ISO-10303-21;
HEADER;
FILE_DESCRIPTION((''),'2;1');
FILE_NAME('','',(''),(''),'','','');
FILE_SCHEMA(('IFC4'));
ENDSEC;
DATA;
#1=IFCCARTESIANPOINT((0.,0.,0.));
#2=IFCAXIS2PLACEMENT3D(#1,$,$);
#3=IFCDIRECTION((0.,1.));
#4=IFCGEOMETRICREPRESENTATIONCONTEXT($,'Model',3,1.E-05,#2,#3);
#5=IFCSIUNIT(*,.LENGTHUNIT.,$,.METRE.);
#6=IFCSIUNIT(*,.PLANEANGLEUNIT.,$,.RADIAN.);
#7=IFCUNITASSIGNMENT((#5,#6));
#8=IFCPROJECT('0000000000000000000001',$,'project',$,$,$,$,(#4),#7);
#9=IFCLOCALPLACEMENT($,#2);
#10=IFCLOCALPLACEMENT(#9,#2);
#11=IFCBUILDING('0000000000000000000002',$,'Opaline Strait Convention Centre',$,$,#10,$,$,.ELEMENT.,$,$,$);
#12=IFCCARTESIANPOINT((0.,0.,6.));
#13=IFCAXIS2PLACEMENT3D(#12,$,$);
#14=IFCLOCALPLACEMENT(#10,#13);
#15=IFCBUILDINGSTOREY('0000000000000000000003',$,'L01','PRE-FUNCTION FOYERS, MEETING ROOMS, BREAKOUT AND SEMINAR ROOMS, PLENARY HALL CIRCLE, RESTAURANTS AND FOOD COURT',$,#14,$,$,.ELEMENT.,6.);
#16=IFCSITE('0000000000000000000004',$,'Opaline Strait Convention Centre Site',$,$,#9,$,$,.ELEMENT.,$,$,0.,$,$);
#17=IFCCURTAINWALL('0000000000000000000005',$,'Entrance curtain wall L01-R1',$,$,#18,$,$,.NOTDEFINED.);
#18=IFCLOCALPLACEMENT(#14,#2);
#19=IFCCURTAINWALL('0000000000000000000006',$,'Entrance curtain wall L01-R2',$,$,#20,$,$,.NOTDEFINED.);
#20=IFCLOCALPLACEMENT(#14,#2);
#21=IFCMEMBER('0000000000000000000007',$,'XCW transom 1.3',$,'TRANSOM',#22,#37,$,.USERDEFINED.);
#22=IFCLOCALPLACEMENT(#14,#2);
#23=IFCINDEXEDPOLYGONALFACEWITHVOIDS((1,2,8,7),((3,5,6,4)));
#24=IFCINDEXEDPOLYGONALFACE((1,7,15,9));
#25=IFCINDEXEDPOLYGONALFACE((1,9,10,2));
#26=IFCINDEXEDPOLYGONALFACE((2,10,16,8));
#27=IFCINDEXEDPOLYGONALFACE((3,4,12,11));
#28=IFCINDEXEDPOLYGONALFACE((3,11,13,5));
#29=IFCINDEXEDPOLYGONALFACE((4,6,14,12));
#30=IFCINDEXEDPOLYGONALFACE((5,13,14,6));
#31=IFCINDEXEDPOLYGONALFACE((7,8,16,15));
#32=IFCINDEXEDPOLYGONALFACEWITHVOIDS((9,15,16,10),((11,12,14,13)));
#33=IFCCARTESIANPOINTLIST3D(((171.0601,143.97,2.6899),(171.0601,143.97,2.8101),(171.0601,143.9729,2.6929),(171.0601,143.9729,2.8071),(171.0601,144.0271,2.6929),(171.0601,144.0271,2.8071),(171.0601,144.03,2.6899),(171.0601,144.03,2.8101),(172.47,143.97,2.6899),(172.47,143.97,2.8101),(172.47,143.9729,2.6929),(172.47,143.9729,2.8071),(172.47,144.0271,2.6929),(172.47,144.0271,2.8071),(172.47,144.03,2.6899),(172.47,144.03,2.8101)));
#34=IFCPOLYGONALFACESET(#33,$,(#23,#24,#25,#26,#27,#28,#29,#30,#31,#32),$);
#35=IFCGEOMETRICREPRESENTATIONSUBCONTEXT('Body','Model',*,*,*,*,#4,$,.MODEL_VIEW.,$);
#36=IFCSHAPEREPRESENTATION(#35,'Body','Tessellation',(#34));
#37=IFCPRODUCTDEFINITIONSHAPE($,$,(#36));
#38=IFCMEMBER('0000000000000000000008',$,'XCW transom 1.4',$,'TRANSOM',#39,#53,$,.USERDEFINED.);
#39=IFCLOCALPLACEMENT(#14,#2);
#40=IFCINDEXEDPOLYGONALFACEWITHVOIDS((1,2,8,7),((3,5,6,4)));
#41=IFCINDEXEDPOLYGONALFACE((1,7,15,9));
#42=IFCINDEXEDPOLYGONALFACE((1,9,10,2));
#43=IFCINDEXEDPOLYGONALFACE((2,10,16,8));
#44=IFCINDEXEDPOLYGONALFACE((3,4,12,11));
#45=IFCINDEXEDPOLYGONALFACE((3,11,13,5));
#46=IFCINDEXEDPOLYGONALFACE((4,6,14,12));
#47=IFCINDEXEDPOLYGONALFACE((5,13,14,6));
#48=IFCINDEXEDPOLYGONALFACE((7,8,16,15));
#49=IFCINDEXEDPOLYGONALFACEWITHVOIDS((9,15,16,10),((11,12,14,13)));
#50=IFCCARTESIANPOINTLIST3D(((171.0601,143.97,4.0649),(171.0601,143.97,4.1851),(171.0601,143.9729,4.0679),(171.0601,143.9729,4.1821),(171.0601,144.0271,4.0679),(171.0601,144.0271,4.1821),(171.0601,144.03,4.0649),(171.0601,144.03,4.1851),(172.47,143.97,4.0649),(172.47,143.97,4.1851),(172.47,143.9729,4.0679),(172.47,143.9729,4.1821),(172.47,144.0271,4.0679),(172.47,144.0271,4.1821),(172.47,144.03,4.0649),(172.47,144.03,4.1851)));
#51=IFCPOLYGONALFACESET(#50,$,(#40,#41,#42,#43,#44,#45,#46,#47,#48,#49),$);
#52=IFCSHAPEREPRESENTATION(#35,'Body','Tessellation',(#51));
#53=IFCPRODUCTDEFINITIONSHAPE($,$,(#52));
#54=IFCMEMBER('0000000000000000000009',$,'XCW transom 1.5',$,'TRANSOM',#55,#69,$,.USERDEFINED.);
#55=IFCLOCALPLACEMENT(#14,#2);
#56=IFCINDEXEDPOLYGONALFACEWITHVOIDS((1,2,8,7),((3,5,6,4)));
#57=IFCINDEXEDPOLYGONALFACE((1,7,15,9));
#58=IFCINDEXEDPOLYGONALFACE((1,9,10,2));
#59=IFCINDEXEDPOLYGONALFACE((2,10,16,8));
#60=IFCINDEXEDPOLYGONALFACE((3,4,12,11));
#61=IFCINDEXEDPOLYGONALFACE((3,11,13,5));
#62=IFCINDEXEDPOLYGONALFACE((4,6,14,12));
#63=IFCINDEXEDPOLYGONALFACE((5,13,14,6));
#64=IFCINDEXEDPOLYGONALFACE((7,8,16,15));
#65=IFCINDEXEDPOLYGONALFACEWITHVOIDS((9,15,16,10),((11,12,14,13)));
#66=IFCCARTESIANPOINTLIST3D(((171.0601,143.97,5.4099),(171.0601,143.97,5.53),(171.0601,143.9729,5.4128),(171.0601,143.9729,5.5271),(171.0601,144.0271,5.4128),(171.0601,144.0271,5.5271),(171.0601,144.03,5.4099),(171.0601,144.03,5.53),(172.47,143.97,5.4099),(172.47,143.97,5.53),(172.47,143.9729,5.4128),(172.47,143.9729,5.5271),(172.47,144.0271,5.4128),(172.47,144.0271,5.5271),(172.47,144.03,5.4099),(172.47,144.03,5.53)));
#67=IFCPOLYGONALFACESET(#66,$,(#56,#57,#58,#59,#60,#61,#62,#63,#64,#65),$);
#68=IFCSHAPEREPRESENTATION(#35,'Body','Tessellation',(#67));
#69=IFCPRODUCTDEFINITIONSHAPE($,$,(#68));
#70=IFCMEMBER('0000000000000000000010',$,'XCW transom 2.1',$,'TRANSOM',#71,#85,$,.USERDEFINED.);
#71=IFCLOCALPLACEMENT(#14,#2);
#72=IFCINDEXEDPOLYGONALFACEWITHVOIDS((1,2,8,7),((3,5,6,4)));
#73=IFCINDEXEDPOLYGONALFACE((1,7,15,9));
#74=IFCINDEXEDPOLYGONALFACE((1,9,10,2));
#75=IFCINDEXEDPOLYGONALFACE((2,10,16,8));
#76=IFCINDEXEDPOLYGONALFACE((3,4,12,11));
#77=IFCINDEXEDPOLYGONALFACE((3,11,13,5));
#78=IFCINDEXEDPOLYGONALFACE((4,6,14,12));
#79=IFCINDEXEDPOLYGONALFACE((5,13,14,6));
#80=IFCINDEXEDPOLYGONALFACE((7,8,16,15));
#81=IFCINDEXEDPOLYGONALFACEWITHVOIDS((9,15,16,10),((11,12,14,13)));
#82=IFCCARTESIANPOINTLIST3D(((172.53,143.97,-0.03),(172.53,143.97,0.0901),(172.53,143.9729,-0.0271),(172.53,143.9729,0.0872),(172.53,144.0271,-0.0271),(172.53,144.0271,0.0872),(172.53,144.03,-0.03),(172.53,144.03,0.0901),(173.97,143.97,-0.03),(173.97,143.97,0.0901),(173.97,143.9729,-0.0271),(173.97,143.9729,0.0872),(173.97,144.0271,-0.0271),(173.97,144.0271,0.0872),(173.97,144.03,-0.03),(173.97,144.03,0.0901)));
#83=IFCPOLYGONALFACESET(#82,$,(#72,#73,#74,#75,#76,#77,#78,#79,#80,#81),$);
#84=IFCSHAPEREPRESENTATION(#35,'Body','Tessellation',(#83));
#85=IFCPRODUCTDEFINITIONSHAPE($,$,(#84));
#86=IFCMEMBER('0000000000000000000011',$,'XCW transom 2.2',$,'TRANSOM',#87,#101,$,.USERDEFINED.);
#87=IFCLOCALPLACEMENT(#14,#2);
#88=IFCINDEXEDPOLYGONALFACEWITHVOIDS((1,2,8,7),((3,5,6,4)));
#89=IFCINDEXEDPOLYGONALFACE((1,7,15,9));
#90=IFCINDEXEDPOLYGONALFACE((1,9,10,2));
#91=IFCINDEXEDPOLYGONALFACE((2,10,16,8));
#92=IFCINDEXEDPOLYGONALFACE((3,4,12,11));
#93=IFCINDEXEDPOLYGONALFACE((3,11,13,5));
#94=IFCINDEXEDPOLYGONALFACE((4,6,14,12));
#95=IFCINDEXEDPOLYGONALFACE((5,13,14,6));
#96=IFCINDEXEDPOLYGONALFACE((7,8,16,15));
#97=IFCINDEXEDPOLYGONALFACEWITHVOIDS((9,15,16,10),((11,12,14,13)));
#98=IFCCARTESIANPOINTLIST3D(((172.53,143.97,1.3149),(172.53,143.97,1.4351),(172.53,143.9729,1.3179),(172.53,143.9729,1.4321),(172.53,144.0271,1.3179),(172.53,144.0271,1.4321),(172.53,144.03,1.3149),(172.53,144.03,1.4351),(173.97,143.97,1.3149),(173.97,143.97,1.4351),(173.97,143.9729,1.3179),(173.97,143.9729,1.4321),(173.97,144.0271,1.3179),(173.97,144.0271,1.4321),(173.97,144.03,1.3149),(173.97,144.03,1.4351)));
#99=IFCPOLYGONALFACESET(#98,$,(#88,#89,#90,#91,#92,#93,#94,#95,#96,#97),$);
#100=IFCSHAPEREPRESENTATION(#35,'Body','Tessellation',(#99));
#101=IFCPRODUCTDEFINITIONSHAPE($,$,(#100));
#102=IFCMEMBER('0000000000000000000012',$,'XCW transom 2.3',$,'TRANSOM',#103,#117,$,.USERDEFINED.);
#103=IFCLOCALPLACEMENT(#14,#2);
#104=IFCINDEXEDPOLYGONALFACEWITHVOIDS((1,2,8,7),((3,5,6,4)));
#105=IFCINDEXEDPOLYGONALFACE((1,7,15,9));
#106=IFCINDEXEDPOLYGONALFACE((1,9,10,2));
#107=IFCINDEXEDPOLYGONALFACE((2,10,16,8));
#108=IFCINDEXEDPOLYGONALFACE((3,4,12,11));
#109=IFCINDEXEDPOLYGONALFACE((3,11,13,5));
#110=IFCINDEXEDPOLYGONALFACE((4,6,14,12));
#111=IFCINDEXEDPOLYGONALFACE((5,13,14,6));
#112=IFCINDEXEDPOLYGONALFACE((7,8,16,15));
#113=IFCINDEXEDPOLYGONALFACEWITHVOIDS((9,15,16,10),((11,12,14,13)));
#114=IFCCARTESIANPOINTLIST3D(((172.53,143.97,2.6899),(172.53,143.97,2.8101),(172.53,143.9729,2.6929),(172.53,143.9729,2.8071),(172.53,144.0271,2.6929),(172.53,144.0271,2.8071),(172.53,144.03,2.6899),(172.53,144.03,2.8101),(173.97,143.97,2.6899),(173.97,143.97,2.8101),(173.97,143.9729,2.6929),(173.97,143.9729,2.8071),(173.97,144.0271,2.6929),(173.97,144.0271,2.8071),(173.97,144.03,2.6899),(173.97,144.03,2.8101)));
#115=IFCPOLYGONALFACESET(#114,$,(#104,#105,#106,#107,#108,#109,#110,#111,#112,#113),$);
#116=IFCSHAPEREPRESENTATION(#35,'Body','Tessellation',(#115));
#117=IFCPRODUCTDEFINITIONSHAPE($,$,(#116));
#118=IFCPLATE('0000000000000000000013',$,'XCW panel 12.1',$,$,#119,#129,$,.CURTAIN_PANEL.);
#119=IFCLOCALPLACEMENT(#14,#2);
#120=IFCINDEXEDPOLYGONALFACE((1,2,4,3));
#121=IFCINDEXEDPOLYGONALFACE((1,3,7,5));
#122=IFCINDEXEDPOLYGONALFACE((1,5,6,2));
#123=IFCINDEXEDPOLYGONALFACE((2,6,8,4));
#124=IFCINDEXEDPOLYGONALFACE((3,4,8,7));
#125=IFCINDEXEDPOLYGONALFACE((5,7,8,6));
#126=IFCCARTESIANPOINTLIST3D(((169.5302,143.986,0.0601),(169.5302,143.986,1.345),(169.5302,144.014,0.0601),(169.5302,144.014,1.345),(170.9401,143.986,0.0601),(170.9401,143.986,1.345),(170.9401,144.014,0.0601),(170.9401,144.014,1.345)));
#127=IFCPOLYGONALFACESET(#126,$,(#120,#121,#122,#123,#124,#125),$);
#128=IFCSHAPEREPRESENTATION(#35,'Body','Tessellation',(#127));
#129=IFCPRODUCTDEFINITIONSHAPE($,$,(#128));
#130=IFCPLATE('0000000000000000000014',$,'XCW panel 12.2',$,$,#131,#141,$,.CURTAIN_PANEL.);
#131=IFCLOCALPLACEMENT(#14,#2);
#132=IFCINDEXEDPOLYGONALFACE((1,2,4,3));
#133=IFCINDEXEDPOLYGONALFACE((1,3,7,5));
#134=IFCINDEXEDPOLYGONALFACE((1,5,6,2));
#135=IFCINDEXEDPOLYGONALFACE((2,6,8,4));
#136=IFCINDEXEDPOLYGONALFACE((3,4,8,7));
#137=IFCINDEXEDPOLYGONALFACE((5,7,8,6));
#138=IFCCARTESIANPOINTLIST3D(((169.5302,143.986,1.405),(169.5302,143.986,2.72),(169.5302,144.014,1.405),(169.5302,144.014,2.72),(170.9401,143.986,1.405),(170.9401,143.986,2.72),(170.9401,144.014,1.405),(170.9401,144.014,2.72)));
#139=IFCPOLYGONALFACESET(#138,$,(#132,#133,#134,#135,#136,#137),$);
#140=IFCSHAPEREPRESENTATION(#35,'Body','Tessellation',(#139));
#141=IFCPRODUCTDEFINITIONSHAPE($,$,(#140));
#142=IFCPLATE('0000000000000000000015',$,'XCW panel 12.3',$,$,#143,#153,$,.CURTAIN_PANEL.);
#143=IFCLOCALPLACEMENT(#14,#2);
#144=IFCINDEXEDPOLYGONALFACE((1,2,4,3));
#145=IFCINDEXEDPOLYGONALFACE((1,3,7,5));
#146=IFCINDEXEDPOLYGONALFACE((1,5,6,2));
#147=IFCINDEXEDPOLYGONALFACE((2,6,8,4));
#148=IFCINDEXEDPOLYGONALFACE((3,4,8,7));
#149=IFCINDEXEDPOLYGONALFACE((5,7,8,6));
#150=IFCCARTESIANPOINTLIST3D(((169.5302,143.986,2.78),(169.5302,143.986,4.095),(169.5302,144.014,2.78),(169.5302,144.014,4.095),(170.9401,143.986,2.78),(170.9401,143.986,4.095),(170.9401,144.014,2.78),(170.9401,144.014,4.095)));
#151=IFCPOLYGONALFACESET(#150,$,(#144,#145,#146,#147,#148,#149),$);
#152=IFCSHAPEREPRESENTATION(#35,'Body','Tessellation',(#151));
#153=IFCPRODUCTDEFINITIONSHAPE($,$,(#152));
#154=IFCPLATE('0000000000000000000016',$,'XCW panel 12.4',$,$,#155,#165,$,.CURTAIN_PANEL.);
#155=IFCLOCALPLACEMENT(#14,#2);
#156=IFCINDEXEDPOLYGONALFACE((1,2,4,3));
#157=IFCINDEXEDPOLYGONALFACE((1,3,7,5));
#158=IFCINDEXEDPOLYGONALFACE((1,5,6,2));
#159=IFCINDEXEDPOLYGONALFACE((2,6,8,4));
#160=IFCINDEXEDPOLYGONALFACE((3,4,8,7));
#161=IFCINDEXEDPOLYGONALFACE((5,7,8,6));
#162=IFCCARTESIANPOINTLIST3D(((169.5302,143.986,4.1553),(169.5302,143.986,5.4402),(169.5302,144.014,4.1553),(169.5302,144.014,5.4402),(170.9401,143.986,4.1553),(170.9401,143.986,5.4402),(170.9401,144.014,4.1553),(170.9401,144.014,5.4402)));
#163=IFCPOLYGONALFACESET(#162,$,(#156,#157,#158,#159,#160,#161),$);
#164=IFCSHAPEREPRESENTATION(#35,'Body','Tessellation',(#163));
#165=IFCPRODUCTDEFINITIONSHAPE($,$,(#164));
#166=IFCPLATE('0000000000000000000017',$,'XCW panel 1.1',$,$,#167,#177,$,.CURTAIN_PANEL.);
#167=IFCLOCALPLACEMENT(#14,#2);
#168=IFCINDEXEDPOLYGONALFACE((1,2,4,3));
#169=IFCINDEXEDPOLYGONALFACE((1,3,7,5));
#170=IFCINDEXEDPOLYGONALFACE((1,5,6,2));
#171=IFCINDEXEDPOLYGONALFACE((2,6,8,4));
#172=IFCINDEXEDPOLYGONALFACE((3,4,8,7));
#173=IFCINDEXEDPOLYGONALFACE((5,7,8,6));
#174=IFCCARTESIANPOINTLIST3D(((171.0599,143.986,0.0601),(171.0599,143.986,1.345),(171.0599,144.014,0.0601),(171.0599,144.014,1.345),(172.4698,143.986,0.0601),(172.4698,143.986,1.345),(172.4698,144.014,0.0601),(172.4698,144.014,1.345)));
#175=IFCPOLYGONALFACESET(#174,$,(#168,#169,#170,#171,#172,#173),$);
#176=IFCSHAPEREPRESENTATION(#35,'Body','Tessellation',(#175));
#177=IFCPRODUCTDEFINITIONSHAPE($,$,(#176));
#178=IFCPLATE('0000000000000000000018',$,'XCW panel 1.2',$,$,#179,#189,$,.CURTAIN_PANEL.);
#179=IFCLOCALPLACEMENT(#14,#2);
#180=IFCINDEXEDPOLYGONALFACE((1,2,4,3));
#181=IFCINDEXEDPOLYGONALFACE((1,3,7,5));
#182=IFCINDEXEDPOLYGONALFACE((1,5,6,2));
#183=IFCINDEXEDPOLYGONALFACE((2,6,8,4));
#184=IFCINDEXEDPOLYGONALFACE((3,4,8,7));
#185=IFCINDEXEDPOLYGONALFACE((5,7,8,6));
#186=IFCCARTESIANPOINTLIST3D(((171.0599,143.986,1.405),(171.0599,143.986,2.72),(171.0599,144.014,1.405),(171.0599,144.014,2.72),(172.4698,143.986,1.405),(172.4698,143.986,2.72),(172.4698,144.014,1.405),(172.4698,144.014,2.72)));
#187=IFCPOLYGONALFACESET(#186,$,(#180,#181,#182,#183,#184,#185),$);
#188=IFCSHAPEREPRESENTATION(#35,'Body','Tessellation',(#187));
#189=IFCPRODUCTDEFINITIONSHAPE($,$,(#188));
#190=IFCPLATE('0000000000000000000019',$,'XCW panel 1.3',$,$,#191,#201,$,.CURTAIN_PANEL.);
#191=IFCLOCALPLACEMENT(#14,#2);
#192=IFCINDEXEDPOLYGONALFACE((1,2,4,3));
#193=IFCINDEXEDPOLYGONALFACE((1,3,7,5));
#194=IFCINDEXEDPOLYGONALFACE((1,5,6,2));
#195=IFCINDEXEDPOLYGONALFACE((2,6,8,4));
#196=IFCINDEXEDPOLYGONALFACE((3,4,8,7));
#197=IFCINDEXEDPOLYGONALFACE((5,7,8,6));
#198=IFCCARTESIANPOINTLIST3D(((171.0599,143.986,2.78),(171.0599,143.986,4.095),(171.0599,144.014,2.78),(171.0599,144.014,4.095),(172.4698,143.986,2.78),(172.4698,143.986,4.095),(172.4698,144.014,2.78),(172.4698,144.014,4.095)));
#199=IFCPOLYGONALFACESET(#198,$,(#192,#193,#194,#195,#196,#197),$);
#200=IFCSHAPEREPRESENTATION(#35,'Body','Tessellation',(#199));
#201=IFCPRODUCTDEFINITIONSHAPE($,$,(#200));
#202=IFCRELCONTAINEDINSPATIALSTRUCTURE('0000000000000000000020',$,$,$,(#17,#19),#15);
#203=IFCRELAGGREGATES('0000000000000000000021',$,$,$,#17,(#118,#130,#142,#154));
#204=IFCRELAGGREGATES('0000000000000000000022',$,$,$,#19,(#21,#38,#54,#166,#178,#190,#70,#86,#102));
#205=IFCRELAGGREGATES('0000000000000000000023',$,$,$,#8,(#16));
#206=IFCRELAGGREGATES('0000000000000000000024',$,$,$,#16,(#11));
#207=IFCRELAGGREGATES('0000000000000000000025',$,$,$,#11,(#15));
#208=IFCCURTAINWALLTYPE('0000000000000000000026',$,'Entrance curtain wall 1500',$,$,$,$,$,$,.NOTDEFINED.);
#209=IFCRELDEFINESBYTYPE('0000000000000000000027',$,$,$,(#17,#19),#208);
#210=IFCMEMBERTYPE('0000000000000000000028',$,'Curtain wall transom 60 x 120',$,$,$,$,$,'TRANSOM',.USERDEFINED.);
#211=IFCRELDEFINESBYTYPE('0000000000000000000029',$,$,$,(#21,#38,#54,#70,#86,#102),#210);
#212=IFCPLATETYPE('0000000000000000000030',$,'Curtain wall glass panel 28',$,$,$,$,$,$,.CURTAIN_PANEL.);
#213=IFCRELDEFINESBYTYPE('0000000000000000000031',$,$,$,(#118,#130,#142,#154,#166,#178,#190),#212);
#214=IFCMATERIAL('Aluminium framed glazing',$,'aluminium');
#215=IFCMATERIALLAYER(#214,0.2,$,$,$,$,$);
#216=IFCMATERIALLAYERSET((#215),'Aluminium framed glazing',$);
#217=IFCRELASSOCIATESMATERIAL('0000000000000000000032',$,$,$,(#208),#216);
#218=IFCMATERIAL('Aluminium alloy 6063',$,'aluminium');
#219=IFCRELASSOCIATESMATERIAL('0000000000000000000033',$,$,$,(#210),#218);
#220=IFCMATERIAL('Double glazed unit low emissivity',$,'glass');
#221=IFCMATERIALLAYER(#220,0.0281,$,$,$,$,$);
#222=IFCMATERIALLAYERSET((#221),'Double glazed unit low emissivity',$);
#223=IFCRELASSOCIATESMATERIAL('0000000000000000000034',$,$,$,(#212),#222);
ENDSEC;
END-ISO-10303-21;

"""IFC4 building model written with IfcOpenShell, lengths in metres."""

from ifc_helpers import new_model, si_unit, direction, frame, origin, origin_2d, place, context, subcontext, project, spatial, rectangle, hollow_rectangle, extrude, material, layer, layer_set, material_profile, profile_set, type_object, element, aggregate, save


model = new_model("IFC4")

# Units and contexts
model_context = context("Model", 3, precision=1e-05, world=origin(), true_north=direction((0.0, 1.0)))
body_context = subcontext(model_context, "Body", "Model", "MODEL_VIEW")
ifc_project = project(units=[si_unit("LENGTHUNIT", "METRE"), si_unit("PLANEANGLEUNIT", "RADIAN")], contexts=[model_context])

# Site, building, storey
site_placement = place(None, origin())
site = spatial("IfcSite", under=ifc_project, at=site_placement, Name="Opaline Strait Convention Centre Site", CompositionType="ELEMENT", RefElevation=0.0)
building_placement = place(site_placement, origin())
building = spatial("IfcBuilding", under=site, at=building_placement, Name="Opaline Strait Convention Centre", CompositionType="ELEMENT")
storey_placement = place(building_placement, frame((0.0, 0.0, 6.0)))
storey = spatial("IfcBuildingStorey", under=building, at=storey_placement, Name="L01", Description="PRE-FUNCTION FOYERS, MEETING ROOMS, BREAKOUT AND SEMINAR ROOMS, PLENARY HALL CIRCLE, RESTAURANTS AND FOOD COURT", CompositionType="ELEMENT", Elevation=6.0)

# Curtain walls
ifc_material_1 = material(Name="Aluminium framed glazing", Category="aluminium")
ifc_layer_1 = layer(ifc_material_1, 0.2)
ifc_layer_set_1 = layer_set([ifc_layer_1], Name="Aluminium framed glazing")
curtain_wall_type = type_object("IfcCurtainWallType", Name="Entrance curtain wall 1500", PredefinedType="NOTDEFINED", material=ifc_layer_set_1)
curtain_wall_1_placement = place(storey_placement, origin())
curtain_wall_1 = element("IfcCurtainWall", 1, at=curtain_wall_1_placement, inside=storey, type_object=curtain_wall_type, Name="Entrance curtain wall L01-R1", PredefinedType="NOTDEFINED")
ifc_material_2 = material(Name="Aluminium alloy 6063", Category="aluminium")
curtain_wall_2_placement = place(storey_placement, origin())
curtain_wall_2 = element("IfcCurtainWall", 2, at=curtain_wall_2_placement, inside=storey, type_object=curtain_wall_type, Name="Entrance curtain wall L01-R2", PredefinedType="NOTDEFINED")

# Members
ifc_material_profile_1 = material_profile(ifc_material_2, hollow_rectangle(XDim=0.0601, YDim=0.1201, WallThickness=0.0029, at=origin_2d()), Name="TRANSOM 60x120x3")
ifc_profile_set_1 = profile_set([ifc_material_profile_1], Name="Aluminium alloy 6063")
member_type_1 = type_object("IfcMemberType", Name="Curtain wall transom 60 x 120", ElementType="TRANSOM", PredefinedType="USERDEFINED", material=ifc_profile_set_1)
member_1_placement = place(storey_placement, frame((171.0601, 144.0, 2.75), z_axis=(1.0, 0.0, 0.0), x_axis=(0.0, 1.0, 0.0)))
member_1 = element("IfcMember", 3, at=member_1_placement, type_object=member_type_1, Name="XCW transom 1.3", ObjectType="TRANSOM", PredefinedType="USERDEFINED", context=body_context, shape_type="SweptSolid", body=[
    extrude(hollow_rectangle(XDim=0.0601, YDim=0.1201, WallThickness=0.0029, at=origin_2d()), origin(), (0.0, 0.0, 1.0), 1.4099),
])
member_2_placement = place(storey_placement, frame((171.0601, 144.0, 4.125), z_axis=(1.0, 0.0, 0.0), x_axis=(0.0, 1.0, 0.0)))
member_2 = element("IfcMember", 4, at=member_2_placement, type_object=member_type_1, Name="XCW transom 1.4", ObjectType="TRANSOM", PredefinedType="USERDEFINED", context=body_context, shape_type="SweptSolid", body=[
    extrude(hollow_rectangle(XDim=0.0601, YDim=0.1201, WallThickness=0.0029, at=origin_2d()), origin(), (0.0, 0.0, 1.0), 1.4099),
])
member_3_placement = place(storey_placement, frame((171.0601, 144.0, 5.47), z_axis=(1.0, 0.0, 0.0), x_axis=(0.0, 1.0, 0.0)))
member_3 = element("IfcMember", 5, at=member_3_placement, type_object=member_type_1, Name="XCW transom 1.5", ObjectType="TRANSOM", PredefinedType="USERDEFINED", context=body_context, shape_type="SweptSolid", body=[
    extrude(hollow_rectangle(XDim=0.0601, YDim=0.1201, WallThickness=0.0029, at=origin_2d()), origin(), (0.0, 0.0, 1.0), 1.4099),
])
member_4_placement = place(storey_placement, frame((172.53, 144.0, 0.03), z_axis=(1.0, 0.0, 0.0), x_axis=(0.0, 1.0, 0.0)))
member_4 = element("IfcMember", 6, at=member_4_placement, type_object=member_type_1, Name="XCW transom 2.1", ObjectType="TRANSOM", PredefinedType="USERDEFINED", context=body_context, shape_type="SweptSolid", body=[
    extrude(hollow_rectangle(XDim=0.0601, YDim=0.1201, WallThickness=0.0029, at=origin_2d()), origin(), (0.0, 0.0, 1.0), 1.4399),
])
member_5_placement = place(storey_placement, frame((172.53, 144.0, 1.375), z_axis=(1.0, 0.0, 0.0), x_axis=(0.0, 1.0, 0.0)))
member_5 = element("IfcMember", 7, at=member_5_placement, type_object=member_type_1, Name="XCW transom 2.2", ObjectType="TRANSOM", PredefinedType="USERDEFINED", context=body_context, shape_type="SweptSolid", body=[
    extrude(hollow_rectangle(XDim=0.0601, YDim=0.1201, WallThickness=0.0029, at=origin_2d()), origin(), (0.0, 0.0, 1.0), 1.4399),
])
member_6_placement = place(storey_placement, frame((172.53, 144.0, 2.75), z_axis=(1.0, 0.0, 0.0), x_axis=(0.0, 1.0, 0.0)))
member_6 = element("IfcMember", 8, at=member_6_placement, type_object=member_type_1, Name="XCW transom 2.3", ObjectType="TRANSOM", PredefinedType="USERDEFINED", context=body_context, shape_type="SweptSolid", body=[
    extrude(hollow_rectangle(XDim=0.0601, YDim=0.1201, WallThickness=0.0029, at=origin_2d()), origin(), (0.0, 0.0, 1.0), 1.4399),
])

# Plates
ifc_material_3 = material(Name="Double glazed unit low emissivity", Category="glass")
ifc_layer_2 = layer(ifc_material_3, 0.0281)
ifc_layer_set_2 = layer_set([ifc_layer_2], Name="Double glazed unit low emissivity")
plate_type = type_object("IfcPlateType", Name="Curtain wall glass panel 28", PredefinedType="CURTAIN_PANEL", material=ifc_layer_set_2)
plate_1_placement = place(storey_placement, frame((170.2351, 144.0, 0.0601), z_axis=(0.0, 0.0, 1.0), x_axis=(1.0, 0.0, 0.0)))
plate_1 = element("IfcPlate", 9, at=plate_1_placement, type_object=plate_type, Name="XCW panel 12.1", PredefinedType="CURTAIN_PANEL", context=body_context, shape_type="SweptSolid", body=[
    extrude(rectangle(XDim=1.4099, YDim=0.0281, at=origin_2d()), origin(), (0.0, 0.0, 1.0), 1.2849),
])
plate_2_placement = place(storey_placement, frame((170.2351, 144.0, 1.405), z_axis=(0.0, 0.0, 1.0), x_axis=(1.0, 0.0, 0.0)))
plate_2 = element("IfcPlate", 10, at=plate_2_placement, type_object=plate_type, Name="XCW panel 12.2", PredefinedType="CURTAIN_PANEL", context=body_context, shape_type="SweptSolid", body=[
    extrude(rectangle(XDim=1.4099, YDim=0.0281, at=origin_2d()), origin(), (0.0, 0.0, 1.0), 1.3149),
])
plate_3_placement = place(storey_placement, frame((170.2351, 144.0, 2.78), z_axis=(0.0, 0.0, 1.0), x_axis=(1.0, 0.0, 0.0)))
plate_3 = element("IfcPlate", 11, at=plate_3_placement, type_object=plate_type, Name="XCW panel 12.3", PredefinedType="CURTAIN_PANEL", context=body_context, shape_type="SweptSolid", body=[
    extrude(rectangle(XDim=1.4099, YDim=0.0281, at=origin_2d()), origin(), (0.0, 0.0, 1.0), 1.3149),
])
plate_4_placement = place(storey_placement, frame((170.2351, 144.0, 4.1553), z_axis=(0.0, 0.0, 1.0), x_axis=(1.0, 0.0, 0.0)))
plate_4 = element("IfcPlate", 12, at=plate_4_placement, type_object=plate_type, Name="XCW panel 12.4", PredefinedType="CURTAIN_PANEL", context=body_context, shape_type="SweptSolid", body=[
    extrude(rectangle(XDim=1.4099, YDim=0.0281, at=origin_2d()), origin(), (0.0, 0.0, 1.0), 1.2849),
])
aggregate(curtain_wall_1, [plate_1, plate_2, plate_3, plate_4])
plate_5_placement = place(storey_placement, frame((171.7649, 144.0, 0.0601), z_axis=(0.0, 0.0, 1.0), x_axis=(1.0, 0.0, 0.0)))
plate_5 = element("IfcPlate", 13, at=plate_5_placement, type_object=plate_type, Name="XCW panel 1.1", PredefinedType="CURTAIN_PANEL", context=body_context, shape_type="SweptSolid", body=[
    extrude(rectangle(XDim=1.4099, YDim=0.0281, at=origin_2d()), origin(), (0.0, 0.0, 1.0), 1.2849),
])
plate_6_placement = place(storey_placement, frame((171.7649, 144.0, 1.405), z_axis=(0.0, 0.0, 1.0), x_axis=(1.0, 0.0, 0.0)))
plate_6 = element("IfcPlate", 14, at=plate_6_placement, type_object=plate_type, Name="XCW panel 1.2", PredefinedType="CURTAIN_PANEL", context=body_context, shape_type="SweptSolid", body=[
    extrude(rectangle(XDim=1.4099, YDim=0.0281, at=origin_2d()), origin(), (0.0, 0.0, 1.0), 1.3149),
])
plate_7_placement = place(storey_placement, frame((171.7649, 144.0, 2.78), z_axis=(0.0, 0.0, 1.0), x_axis=(1.0, 0.0, 0.0)))
plate_7 = element("IfcPlate", 15, at=plate_7_placement, type_object=plate_type, Name="XCW panel 1.3", PredefinedType="CURTAIN_PANEL", context=body_context, shape_type="SweptSolid", body=[
    extrude(rectangle(XDim=1.4099, YDim=0.0281, at=origin_2d()), origin(), (0.0, 0.0, 1.0), 1.3149),
])
aggregate(curtain_wall_2, [member_1, member_2, member_3, plate_5, plate_6, plate_7, member_4, member_5, member_6])

save(model, "model.ifc")
